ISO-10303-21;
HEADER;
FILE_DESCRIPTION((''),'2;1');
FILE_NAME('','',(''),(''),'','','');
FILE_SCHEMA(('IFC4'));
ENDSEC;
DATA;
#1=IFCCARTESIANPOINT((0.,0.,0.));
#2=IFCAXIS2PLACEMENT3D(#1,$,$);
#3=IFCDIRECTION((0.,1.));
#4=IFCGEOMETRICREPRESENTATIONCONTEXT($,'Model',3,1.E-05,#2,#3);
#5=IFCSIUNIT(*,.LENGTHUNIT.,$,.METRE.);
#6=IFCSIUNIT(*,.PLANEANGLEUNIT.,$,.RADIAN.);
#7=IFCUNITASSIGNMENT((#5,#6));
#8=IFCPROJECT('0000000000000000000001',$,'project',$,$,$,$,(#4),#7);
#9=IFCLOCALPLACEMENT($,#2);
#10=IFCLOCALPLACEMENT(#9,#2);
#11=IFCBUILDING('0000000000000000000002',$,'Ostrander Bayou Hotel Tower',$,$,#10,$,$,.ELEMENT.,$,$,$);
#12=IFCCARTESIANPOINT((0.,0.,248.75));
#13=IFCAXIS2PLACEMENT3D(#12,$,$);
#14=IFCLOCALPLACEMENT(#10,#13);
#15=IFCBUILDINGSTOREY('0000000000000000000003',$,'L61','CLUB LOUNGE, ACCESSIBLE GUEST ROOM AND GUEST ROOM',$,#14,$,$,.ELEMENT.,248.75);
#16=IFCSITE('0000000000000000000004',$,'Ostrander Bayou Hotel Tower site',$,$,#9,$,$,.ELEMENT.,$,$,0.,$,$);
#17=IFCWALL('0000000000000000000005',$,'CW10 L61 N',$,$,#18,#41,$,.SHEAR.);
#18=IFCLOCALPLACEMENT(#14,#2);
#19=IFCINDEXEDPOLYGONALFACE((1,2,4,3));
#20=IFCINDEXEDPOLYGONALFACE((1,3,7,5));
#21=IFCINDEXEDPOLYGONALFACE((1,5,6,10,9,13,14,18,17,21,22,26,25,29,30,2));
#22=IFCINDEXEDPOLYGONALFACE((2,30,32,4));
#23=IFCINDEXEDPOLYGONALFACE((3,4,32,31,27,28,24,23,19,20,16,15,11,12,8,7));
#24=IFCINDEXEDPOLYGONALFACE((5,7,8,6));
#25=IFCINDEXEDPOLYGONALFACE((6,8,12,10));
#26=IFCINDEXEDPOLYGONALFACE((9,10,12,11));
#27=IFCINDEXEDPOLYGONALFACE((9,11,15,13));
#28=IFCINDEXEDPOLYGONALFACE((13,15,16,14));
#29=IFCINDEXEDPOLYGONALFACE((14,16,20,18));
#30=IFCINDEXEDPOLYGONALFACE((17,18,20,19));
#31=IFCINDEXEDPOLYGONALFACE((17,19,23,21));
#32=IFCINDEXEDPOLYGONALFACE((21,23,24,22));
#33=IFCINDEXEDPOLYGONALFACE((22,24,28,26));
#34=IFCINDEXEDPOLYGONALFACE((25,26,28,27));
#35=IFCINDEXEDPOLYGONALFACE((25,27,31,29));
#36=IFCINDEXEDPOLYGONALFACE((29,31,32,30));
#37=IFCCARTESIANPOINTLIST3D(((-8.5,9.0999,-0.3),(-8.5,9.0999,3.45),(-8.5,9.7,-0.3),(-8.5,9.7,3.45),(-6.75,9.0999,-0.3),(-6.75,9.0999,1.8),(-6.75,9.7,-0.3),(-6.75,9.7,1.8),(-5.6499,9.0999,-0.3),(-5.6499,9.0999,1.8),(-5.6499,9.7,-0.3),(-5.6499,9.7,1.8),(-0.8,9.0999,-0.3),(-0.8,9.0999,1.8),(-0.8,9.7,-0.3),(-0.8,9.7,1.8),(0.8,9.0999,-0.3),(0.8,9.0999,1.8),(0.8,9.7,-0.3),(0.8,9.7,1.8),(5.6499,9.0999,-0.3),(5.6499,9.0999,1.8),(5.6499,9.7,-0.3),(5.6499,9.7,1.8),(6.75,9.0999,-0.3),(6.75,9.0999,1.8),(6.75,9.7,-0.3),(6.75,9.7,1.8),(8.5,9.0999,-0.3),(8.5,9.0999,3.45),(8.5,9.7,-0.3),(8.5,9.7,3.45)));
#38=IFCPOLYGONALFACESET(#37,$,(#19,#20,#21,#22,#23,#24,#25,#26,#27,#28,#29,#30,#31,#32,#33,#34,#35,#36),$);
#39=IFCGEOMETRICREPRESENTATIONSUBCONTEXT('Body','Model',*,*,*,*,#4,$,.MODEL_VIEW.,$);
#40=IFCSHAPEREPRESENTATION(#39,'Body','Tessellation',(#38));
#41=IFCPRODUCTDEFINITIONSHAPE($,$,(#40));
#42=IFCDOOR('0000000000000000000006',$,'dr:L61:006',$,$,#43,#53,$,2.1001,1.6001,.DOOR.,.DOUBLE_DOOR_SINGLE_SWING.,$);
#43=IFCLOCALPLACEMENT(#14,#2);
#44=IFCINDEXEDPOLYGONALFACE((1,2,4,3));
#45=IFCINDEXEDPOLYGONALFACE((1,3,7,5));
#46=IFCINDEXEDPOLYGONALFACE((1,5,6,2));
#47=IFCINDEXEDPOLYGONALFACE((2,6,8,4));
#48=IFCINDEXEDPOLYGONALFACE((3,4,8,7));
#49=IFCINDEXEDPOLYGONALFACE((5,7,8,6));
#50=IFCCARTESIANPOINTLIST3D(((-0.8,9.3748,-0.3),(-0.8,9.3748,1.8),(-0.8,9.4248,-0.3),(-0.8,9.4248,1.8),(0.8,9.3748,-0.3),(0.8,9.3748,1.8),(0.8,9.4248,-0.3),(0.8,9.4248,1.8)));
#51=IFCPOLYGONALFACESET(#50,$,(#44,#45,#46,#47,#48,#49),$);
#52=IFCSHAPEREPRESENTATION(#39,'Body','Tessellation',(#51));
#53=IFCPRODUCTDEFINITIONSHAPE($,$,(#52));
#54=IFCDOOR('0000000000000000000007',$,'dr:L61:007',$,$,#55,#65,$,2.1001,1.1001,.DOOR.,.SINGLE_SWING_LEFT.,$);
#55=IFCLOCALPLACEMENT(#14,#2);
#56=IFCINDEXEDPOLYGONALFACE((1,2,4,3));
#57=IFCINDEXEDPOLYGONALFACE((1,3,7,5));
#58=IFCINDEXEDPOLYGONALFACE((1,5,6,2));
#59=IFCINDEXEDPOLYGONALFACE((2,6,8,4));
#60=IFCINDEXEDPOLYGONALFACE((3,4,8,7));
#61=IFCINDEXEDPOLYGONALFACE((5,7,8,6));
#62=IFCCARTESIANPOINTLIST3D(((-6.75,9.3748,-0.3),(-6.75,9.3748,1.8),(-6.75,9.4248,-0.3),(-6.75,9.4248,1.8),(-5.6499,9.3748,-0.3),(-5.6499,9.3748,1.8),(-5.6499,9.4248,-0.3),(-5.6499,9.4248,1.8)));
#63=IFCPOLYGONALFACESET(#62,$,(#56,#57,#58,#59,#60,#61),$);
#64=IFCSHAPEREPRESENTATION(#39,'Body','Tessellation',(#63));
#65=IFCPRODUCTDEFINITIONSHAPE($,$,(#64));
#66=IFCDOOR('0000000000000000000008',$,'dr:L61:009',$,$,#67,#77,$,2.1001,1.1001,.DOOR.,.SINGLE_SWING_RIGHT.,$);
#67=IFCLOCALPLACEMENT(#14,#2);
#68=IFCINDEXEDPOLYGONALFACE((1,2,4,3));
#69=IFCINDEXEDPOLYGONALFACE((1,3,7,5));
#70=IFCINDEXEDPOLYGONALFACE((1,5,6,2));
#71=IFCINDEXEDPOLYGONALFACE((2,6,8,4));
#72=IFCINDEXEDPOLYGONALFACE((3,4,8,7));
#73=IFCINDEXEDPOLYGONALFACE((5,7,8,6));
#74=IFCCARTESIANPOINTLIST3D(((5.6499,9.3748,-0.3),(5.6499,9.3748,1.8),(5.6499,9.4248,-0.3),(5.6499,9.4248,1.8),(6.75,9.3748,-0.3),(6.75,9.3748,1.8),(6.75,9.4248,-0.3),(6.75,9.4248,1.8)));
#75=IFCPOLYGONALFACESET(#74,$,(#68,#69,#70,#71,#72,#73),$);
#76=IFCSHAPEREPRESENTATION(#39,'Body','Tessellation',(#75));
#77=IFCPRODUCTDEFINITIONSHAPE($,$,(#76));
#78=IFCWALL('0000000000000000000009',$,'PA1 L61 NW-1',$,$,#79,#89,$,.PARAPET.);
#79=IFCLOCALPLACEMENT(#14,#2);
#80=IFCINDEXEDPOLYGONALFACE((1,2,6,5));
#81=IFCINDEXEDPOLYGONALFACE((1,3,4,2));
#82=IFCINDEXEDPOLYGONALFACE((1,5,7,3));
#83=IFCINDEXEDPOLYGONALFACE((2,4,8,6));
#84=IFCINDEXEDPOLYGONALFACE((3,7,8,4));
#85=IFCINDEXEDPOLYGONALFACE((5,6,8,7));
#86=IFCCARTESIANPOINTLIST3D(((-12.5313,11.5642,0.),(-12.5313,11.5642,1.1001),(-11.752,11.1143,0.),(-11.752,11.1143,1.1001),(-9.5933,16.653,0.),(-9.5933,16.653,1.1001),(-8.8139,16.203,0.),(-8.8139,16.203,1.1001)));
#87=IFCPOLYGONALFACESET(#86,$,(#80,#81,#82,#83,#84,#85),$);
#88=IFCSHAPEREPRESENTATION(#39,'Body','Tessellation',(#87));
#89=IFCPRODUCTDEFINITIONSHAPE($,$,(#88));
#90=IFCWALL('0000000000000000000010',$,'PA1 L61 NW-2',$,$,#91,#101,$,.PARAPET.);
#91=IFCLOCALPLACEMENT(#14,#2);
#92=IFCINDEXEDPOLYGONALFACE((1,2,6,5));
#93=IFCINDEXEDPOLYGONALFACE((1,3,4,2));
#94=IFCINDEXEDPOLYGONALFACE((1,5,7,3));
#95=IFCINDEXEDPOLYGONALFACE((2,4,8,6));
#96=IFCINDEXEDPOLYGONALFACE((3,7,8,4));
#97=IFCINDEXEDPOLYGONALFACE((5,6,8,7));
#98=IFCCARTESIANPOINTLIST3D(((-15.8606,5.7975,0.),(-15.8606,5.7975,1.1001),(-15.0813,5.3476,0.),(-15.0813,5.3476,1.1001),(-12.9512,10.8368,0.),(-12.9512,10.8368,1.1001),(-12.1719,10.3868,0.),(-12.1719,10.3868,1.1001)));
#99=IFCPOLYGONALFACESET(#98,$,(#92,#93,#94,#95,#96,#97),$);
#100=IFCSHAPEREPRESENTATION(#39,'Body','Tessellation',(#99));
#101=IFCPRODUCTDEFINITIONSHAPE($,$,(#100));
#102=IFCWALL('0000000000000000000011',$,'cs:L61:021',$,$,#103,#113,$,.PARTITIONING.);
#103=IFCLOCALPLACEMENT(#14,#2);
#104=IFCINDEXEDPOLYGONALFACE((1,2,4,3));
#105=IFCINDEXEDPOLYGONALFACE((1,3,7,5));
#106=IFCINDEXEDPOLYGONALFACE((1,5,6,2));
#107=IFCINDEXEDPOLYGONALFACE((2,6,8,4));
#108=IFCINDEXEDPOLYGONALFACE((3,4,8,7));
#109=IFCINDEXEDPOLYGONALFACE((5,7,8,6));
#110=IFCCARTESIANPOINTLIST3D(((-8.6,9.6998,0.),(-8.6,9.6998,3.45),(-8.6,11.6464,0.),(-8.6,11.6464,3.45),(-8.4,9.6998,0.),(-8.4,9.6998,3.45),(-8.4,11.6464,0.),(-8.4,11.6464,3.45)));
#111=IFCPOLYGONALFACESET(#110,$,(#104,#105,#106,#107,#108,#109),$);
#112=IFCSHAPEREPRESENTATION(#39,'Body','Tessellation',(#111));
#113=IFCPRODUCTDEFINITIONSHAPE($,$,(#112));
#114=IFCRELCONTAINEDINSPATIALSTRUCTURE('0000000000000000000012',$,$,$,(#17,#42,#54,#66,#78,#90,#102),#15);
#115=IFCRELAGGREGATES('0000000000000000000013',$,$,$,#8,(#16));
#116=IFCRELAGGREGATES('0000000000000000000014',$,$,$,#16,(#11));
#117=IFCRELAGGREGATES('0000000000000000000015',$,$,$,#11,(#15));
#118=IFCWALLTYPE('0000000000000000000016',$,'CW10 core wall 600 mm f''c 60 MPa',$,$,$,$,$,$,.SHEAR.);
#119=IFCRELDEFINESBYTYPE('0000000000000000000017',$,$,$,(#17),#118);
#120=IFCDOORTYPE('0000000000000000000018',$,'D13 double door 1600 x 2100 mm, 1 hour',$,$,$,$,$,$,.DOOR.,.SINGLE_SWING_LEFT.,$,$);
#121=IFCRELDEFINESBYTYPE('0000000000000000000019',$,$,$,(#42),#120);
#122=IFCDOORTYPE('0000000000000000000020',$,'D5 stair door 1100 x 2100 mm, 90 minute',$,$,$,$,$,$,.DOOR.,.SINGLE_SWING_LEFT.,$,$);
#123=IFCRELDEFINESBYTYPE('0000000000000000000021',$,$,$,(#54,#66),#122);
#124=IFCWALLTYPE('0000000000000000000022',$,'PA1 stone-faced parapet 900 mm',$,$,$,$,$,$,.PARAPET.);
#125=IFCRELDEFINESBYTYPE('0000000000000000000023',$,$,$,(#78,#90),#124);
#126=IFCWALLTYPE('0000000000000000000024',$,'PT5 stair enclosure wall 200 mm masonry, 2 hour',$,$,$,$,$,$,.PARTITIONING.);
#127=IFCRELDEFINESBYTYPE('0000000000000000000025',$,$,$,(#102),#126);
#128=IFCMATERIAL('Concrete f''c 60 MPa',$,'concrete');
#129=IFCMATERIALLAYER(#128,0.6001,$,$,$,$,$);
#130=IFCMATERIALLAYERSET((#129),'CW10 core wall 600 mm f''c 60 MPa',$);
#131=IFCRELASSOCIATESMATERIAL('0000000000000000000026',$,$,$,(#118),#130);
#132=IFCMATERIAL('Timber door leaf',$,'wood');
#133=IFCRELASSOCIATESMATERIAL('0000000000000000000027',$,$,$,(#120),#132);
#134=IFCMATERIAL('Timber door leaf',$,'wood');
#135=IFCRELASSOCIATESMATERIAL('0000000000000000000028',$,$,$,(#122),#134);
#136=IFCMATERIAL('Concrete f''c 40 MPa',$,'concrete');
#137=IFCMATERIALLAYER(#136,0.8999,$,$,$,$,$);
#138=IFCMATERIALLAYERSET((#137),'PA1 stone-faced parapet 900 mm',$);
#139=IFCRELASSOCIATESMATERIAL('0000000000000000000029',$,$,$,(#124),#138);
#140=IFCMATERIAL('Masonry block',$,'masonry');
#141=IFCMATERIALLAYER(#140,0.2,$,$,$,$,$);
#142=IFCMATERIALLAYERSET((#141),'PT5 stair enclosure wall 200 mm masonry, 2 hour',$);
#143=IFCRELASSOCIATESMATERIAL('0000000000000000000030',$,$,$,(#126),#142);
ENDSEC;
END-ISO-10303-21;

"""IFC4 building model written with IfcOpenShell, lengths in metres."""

from ifc_helpers import new_model, si_unit, direction, frame, frame_2d, origin, place, context, subcontext, project, spatial, rectangle, extrude, material, layer, layer_set, type_object, element, fill, save


model = new_model("IFC4")

# Units and contexts
model_context = context("Model", 3, precision=1e-05, world=origin(), true_north=direction((0.0, 1.0)))
body_context = subcontext(model_context, "Body", "Model", "MODEL_VIEW")
ifc_project = project(units=[si_unit("LENGTHUNIT", "METRE"), si_unit("PLANEANGLEUNIT", "RADIAN")], contexts=[model_context])

# Site, building, storey
site_placement = place(None, origin())
site = spatial("IfcSite", under=ifc_project, at=site_placement, Name="Ostrander Bayou Hotel Tower site", CompositionType="ELEMENT", RefElevation=0.0)
building_placement = place(site_placement, origin())
building = spatial("IfcBuilding", under=site, at=building_placement, Name="Ostrander Bayou Hotel Tower", CompositionType="ELEMENT")
storey_placement = place(building_placement, frame((0.0, 0.0, 248.75)))
storey = spatial("IfcBuildingStorey", under=building, at=storey_placement, Name="L61", Description="CLUB LOUNGE, ACCESSIBLE GUEST ROOM AND GUEST ROOM", CompositionType="ELEMENT", Elevation=248.75)

# Wall, openings, doors
ifc_material_1 = material(Name="Concrete f'c 60 MPa", Category="concrete")
ifc_layer_1 = layer(ifc_material_1, 0.6001)
ifc_layer_set_1 = layer_set([ifc_layer_1], Name="CW10 core wall 600 mm f'c 60 MPa")
wall_type_1 = type_object("IfcWallType", Name="CW10 core wall 600 mm f'c 60 MPa", PredefinedType="SHEAR", material=ifc_layer_set_1)
wall_1_placement = place(storey_placement, frame((-8.5, 9.3999, -0.3), z_axis=(0.0, 0.0, 1.0), x_axis=(1.0, 0.0, 0.0)))
wall_1 = element("IfcWall", 1, at=wall_1_placement, inside=storey, type_object=wall_type_1, Name="CW10 L61 N", PredefinedType="SHEAR", context=body_context, shape_type="SweptSolid", body=[
    extrude(rectangle(XDim=17.0, YDim=0.6001, at=frame_2d((8.5, 0.0))), origin(), (0.0, 0.0, 1.0), 3.75),
])
opening_1_placement = place(wall_1_placement, frame((7.7, 0.0, 0.0)))
opening_1 = element("IfcOpeningElement", 2, at=opening_1_placement, cuts=wall_1, PredefinedType="OPENING", context=body_context, shape_type="SweptSolid", body=[
    extrude(rectangle(XDim=1.6001, YDim=2.1001, at=frame_2d((0.8, 1.05))), frame((0.0, 0.3, 0.0), z_axis=(0.0, -1.0, 0.0), x_axis=(1.0, 0.0, 0.0)), (0.0, 0.0, 1.0), 0.6001),
])
opening_2_placement = place(wall_1_placement, frame((1.75, 0.0, 0.0)))
opening_2 = element("IfcOpeningElement", 3, at=opening_2_placement, cuts=wall_1, PredefinedType="OPENING", context=body_context, shape_type="SweptSolid", body=[
    extrude(rectangle(XDim=1.1001, YDim=2.1001, at=frame_2d((0.55, 1.05))), frame((0.0, 0.3, 0.0), z_axis=(0.0, -1.0, 0.0), x_axis=(1.0, 0.0, 0.0)), (0.0, 0.0, 1.0), 0.6001),
])
opening_3_placement = place(wall_1_placement, frame((14.1499, 0.0, 0.0)))
opening_3 = element("IfcOpeningElement", 4, at=opening_3_placement, cuts=wall_1, PredefinedType="OPENING", context=body_context, shape_type="SweptSolid", body=[
    extrude(rectangle(XDim=1.1001, YDim=2.1001, at=frame_2d((0.55, 1.05))), frame((0.0, 0.3, 0.0), z_axis=(0.0, -1.0, 0.0), x_axis=(1.0, 0.0, 0.0)), (0.0, 0.0, 1.0), 0.6001),
])
ifc_material_2 = material(Name="Timber door leaf", Category="wood")
door_type_1 = type_object("IfcDoorType", Name="D13 double door 1600 x 2100 mm, 1 hour", OperationType="SINGLE_SWING_LEFT", PredefinedType="DOOR", material=ifc_material_2)
door_1_placement = place(opening_1_placement, origin())
door_1 = element("IfcDoor", 5, at=door_1_placement, inside=storey, type_object=door_type_1, Name="dr:L61:006", OperationType="DOUBLE_DOOR_SINGLE_SWING", OverallHeight=2.1001, OverallWidth=1.6001, PredefinedType="DOOR", context=body_context, shape_type="SweptSolid", body=[
    extrude(rectangle(XDim=1.6001, YDim=2.1001, at=frame_2d((0.8, 1.05))), frame((0.0, 0.0249, 0.0), z_axis=(0.0, -1.0, 0.0), x_axis=(1.0, 0.0, 0.0)), (0.0, 0.0, 1.0), 0.05),
])
fill(opening_1, door_1)
ifc_material_3 = material(Name="Timber door leaf", Category="wood")
door_type_2 = type_object("IfcDoorType", Name="D5 stair door 1100 x 2100 mm, 90 minute", OperationType="SINGLE_SWING_LEFT", PredefinedType="DOOR", material=ifc_material_3)
door_2_placement = place(opening_2_placement, origin())
door_2 = element("IfcDoor", 6, at=door_2_placement, inside=storey, type_object=door_type_2, Name="dr:L61:007", OperationType="SINGLE_SWING_LEFT", OverallHeight=2.1001, OverallWidth=1.1001, PredefinedType="DOOR", context=body_context, shape_type="SweptSolid", body=[
    extrude(rectangle(XDim=1.1001, YDim=2.1001, at=frame_2d((0.55, 1.05))), frame((0.0, 0.0249, 0.0), z_axis=(0.0, -1.0, 0.0), x_axis=(1.0, 0.0, 0.0)), (0.0, 0.0, 1.0), 0.05),
])
fill(opening_2, door_2)
door_3_placement = place(opening_3_placement, origin())
door_3 = element("IfcDoor", 7, at=door_3_placement, inside=storey, type_object=door_type_2, Name="dr:L61:009", OperationType="SINGLE_SWING_RIGHT", OverallHeight=2.1001, OverallWidth=1.1001, PredefinedType="DOOR", context=body_context, shape_type="SweptSolid", body=[
    extrude(rectangle(XDim=1.1001, YDim=2.1001, at=frame_2d((0.55, 1.05))), frame((0.0, 0.0249, 0.0), z_axis=(0.0, -1.0, 0.0), x_axis=(1.0, 0.0, 0.0)), (0.0, 0.0, 1.0), 0.05),
])
fill(opening_3, door_3)

# Walls
ifc_material_4 = material(Name="Concrete f'c 40 MPa", Category="concrete")
ifc_layer_2 = layer(ifc_material_4, 0.8999)
ifc_layer_set_2 = layer_set([ifc_layer_2], Name="PA1 stone-faced parapet 900 mm")
wall_type_2 = type_object("IfcWallType", Name="PA1 stone-faced parapet 900 mm", PredefinedType="PARAPET", material=ifc_layer_set_2)
wall_2_placement = place(storey_placement, frame((-9.2036, 16.428, 0.0), z_axis=(0.0, 0.0, 1.0), x_axis=(-0.500009, -0.86602, 0.0)))
element("IfcWall", 8, at=wall_2_placement, inside=storey, type_object=wall_type_2, Name="PA1 L61 NW-1", PredefinedType="PARAPET", context=body_context, shape_type="SweptSolid", body=[
    extrude(rectangle(XDim=5.876, YDim=0.8999, at=frame_2d((2.938, 0.0))), origin(), (0.0, 0.0, 1.0), 1.1001),
])
wall_3_placement = place(storey_placement, frame((-12.5615, 10.6118, 0.0), z_axis=(0.0, 0.0, 1.0), x_axis=(-0.499997, -0.866027, 0.0)))
element("IfcWall", 9, at=wall_3_placement, inside=storey, type_object=wall_type_2, Name="PA1 L61 NW-2", PredefinedType="PARAPET", context=body_context, shape_type="SweptSolid", body=[
    extrude(rectangle(XDim=5.8188, YDim=0.8999, at=frame_2d((2.9094, 0.0))), origin(), (0.0, 0.0, 1.0), 1.1001),
])

# Shared definitions
ifc_material_5 = material(Name="Masonry block", Category="masonry")
ifc_layer_3 = layer(ifc_material_5, 0.2)
ifc_layer_set_3 = layer_set([ifc_layer_3], Name="PT5 stair enclosure wall 200 mm masonry, 2 hour")
wall_type_3 = type_object("IfcWallType", Name="PT5 stair enclosure wall 200 mm masonry, 2 hour", PredefinedType="PARTITIONING", material=ifc_layer_set_3)

# Wall
wall_4_placement = place(storey_placement, frame((-8.5, 9.7, 0.0), z_axis=(0.0, 0.0, 1.0), x_axis=(0.0, 1.0, 0.0)))
element("IfcWall", 10, at=wall_4_placement, inside=storey, type_object=wall_type_3, Name="cs:L61:021", PredefinedType="PARTITIONING", context=body_context, shape_type="SweptSolid", body=[
    extrude(rectangle(XDim=1.9465, YDim=0.2, at=frame_2d((0.9731, 0.0))), origin(), (0.0, 0.0, 1.0), 3.45),
])

save(model, "model.ifc")
